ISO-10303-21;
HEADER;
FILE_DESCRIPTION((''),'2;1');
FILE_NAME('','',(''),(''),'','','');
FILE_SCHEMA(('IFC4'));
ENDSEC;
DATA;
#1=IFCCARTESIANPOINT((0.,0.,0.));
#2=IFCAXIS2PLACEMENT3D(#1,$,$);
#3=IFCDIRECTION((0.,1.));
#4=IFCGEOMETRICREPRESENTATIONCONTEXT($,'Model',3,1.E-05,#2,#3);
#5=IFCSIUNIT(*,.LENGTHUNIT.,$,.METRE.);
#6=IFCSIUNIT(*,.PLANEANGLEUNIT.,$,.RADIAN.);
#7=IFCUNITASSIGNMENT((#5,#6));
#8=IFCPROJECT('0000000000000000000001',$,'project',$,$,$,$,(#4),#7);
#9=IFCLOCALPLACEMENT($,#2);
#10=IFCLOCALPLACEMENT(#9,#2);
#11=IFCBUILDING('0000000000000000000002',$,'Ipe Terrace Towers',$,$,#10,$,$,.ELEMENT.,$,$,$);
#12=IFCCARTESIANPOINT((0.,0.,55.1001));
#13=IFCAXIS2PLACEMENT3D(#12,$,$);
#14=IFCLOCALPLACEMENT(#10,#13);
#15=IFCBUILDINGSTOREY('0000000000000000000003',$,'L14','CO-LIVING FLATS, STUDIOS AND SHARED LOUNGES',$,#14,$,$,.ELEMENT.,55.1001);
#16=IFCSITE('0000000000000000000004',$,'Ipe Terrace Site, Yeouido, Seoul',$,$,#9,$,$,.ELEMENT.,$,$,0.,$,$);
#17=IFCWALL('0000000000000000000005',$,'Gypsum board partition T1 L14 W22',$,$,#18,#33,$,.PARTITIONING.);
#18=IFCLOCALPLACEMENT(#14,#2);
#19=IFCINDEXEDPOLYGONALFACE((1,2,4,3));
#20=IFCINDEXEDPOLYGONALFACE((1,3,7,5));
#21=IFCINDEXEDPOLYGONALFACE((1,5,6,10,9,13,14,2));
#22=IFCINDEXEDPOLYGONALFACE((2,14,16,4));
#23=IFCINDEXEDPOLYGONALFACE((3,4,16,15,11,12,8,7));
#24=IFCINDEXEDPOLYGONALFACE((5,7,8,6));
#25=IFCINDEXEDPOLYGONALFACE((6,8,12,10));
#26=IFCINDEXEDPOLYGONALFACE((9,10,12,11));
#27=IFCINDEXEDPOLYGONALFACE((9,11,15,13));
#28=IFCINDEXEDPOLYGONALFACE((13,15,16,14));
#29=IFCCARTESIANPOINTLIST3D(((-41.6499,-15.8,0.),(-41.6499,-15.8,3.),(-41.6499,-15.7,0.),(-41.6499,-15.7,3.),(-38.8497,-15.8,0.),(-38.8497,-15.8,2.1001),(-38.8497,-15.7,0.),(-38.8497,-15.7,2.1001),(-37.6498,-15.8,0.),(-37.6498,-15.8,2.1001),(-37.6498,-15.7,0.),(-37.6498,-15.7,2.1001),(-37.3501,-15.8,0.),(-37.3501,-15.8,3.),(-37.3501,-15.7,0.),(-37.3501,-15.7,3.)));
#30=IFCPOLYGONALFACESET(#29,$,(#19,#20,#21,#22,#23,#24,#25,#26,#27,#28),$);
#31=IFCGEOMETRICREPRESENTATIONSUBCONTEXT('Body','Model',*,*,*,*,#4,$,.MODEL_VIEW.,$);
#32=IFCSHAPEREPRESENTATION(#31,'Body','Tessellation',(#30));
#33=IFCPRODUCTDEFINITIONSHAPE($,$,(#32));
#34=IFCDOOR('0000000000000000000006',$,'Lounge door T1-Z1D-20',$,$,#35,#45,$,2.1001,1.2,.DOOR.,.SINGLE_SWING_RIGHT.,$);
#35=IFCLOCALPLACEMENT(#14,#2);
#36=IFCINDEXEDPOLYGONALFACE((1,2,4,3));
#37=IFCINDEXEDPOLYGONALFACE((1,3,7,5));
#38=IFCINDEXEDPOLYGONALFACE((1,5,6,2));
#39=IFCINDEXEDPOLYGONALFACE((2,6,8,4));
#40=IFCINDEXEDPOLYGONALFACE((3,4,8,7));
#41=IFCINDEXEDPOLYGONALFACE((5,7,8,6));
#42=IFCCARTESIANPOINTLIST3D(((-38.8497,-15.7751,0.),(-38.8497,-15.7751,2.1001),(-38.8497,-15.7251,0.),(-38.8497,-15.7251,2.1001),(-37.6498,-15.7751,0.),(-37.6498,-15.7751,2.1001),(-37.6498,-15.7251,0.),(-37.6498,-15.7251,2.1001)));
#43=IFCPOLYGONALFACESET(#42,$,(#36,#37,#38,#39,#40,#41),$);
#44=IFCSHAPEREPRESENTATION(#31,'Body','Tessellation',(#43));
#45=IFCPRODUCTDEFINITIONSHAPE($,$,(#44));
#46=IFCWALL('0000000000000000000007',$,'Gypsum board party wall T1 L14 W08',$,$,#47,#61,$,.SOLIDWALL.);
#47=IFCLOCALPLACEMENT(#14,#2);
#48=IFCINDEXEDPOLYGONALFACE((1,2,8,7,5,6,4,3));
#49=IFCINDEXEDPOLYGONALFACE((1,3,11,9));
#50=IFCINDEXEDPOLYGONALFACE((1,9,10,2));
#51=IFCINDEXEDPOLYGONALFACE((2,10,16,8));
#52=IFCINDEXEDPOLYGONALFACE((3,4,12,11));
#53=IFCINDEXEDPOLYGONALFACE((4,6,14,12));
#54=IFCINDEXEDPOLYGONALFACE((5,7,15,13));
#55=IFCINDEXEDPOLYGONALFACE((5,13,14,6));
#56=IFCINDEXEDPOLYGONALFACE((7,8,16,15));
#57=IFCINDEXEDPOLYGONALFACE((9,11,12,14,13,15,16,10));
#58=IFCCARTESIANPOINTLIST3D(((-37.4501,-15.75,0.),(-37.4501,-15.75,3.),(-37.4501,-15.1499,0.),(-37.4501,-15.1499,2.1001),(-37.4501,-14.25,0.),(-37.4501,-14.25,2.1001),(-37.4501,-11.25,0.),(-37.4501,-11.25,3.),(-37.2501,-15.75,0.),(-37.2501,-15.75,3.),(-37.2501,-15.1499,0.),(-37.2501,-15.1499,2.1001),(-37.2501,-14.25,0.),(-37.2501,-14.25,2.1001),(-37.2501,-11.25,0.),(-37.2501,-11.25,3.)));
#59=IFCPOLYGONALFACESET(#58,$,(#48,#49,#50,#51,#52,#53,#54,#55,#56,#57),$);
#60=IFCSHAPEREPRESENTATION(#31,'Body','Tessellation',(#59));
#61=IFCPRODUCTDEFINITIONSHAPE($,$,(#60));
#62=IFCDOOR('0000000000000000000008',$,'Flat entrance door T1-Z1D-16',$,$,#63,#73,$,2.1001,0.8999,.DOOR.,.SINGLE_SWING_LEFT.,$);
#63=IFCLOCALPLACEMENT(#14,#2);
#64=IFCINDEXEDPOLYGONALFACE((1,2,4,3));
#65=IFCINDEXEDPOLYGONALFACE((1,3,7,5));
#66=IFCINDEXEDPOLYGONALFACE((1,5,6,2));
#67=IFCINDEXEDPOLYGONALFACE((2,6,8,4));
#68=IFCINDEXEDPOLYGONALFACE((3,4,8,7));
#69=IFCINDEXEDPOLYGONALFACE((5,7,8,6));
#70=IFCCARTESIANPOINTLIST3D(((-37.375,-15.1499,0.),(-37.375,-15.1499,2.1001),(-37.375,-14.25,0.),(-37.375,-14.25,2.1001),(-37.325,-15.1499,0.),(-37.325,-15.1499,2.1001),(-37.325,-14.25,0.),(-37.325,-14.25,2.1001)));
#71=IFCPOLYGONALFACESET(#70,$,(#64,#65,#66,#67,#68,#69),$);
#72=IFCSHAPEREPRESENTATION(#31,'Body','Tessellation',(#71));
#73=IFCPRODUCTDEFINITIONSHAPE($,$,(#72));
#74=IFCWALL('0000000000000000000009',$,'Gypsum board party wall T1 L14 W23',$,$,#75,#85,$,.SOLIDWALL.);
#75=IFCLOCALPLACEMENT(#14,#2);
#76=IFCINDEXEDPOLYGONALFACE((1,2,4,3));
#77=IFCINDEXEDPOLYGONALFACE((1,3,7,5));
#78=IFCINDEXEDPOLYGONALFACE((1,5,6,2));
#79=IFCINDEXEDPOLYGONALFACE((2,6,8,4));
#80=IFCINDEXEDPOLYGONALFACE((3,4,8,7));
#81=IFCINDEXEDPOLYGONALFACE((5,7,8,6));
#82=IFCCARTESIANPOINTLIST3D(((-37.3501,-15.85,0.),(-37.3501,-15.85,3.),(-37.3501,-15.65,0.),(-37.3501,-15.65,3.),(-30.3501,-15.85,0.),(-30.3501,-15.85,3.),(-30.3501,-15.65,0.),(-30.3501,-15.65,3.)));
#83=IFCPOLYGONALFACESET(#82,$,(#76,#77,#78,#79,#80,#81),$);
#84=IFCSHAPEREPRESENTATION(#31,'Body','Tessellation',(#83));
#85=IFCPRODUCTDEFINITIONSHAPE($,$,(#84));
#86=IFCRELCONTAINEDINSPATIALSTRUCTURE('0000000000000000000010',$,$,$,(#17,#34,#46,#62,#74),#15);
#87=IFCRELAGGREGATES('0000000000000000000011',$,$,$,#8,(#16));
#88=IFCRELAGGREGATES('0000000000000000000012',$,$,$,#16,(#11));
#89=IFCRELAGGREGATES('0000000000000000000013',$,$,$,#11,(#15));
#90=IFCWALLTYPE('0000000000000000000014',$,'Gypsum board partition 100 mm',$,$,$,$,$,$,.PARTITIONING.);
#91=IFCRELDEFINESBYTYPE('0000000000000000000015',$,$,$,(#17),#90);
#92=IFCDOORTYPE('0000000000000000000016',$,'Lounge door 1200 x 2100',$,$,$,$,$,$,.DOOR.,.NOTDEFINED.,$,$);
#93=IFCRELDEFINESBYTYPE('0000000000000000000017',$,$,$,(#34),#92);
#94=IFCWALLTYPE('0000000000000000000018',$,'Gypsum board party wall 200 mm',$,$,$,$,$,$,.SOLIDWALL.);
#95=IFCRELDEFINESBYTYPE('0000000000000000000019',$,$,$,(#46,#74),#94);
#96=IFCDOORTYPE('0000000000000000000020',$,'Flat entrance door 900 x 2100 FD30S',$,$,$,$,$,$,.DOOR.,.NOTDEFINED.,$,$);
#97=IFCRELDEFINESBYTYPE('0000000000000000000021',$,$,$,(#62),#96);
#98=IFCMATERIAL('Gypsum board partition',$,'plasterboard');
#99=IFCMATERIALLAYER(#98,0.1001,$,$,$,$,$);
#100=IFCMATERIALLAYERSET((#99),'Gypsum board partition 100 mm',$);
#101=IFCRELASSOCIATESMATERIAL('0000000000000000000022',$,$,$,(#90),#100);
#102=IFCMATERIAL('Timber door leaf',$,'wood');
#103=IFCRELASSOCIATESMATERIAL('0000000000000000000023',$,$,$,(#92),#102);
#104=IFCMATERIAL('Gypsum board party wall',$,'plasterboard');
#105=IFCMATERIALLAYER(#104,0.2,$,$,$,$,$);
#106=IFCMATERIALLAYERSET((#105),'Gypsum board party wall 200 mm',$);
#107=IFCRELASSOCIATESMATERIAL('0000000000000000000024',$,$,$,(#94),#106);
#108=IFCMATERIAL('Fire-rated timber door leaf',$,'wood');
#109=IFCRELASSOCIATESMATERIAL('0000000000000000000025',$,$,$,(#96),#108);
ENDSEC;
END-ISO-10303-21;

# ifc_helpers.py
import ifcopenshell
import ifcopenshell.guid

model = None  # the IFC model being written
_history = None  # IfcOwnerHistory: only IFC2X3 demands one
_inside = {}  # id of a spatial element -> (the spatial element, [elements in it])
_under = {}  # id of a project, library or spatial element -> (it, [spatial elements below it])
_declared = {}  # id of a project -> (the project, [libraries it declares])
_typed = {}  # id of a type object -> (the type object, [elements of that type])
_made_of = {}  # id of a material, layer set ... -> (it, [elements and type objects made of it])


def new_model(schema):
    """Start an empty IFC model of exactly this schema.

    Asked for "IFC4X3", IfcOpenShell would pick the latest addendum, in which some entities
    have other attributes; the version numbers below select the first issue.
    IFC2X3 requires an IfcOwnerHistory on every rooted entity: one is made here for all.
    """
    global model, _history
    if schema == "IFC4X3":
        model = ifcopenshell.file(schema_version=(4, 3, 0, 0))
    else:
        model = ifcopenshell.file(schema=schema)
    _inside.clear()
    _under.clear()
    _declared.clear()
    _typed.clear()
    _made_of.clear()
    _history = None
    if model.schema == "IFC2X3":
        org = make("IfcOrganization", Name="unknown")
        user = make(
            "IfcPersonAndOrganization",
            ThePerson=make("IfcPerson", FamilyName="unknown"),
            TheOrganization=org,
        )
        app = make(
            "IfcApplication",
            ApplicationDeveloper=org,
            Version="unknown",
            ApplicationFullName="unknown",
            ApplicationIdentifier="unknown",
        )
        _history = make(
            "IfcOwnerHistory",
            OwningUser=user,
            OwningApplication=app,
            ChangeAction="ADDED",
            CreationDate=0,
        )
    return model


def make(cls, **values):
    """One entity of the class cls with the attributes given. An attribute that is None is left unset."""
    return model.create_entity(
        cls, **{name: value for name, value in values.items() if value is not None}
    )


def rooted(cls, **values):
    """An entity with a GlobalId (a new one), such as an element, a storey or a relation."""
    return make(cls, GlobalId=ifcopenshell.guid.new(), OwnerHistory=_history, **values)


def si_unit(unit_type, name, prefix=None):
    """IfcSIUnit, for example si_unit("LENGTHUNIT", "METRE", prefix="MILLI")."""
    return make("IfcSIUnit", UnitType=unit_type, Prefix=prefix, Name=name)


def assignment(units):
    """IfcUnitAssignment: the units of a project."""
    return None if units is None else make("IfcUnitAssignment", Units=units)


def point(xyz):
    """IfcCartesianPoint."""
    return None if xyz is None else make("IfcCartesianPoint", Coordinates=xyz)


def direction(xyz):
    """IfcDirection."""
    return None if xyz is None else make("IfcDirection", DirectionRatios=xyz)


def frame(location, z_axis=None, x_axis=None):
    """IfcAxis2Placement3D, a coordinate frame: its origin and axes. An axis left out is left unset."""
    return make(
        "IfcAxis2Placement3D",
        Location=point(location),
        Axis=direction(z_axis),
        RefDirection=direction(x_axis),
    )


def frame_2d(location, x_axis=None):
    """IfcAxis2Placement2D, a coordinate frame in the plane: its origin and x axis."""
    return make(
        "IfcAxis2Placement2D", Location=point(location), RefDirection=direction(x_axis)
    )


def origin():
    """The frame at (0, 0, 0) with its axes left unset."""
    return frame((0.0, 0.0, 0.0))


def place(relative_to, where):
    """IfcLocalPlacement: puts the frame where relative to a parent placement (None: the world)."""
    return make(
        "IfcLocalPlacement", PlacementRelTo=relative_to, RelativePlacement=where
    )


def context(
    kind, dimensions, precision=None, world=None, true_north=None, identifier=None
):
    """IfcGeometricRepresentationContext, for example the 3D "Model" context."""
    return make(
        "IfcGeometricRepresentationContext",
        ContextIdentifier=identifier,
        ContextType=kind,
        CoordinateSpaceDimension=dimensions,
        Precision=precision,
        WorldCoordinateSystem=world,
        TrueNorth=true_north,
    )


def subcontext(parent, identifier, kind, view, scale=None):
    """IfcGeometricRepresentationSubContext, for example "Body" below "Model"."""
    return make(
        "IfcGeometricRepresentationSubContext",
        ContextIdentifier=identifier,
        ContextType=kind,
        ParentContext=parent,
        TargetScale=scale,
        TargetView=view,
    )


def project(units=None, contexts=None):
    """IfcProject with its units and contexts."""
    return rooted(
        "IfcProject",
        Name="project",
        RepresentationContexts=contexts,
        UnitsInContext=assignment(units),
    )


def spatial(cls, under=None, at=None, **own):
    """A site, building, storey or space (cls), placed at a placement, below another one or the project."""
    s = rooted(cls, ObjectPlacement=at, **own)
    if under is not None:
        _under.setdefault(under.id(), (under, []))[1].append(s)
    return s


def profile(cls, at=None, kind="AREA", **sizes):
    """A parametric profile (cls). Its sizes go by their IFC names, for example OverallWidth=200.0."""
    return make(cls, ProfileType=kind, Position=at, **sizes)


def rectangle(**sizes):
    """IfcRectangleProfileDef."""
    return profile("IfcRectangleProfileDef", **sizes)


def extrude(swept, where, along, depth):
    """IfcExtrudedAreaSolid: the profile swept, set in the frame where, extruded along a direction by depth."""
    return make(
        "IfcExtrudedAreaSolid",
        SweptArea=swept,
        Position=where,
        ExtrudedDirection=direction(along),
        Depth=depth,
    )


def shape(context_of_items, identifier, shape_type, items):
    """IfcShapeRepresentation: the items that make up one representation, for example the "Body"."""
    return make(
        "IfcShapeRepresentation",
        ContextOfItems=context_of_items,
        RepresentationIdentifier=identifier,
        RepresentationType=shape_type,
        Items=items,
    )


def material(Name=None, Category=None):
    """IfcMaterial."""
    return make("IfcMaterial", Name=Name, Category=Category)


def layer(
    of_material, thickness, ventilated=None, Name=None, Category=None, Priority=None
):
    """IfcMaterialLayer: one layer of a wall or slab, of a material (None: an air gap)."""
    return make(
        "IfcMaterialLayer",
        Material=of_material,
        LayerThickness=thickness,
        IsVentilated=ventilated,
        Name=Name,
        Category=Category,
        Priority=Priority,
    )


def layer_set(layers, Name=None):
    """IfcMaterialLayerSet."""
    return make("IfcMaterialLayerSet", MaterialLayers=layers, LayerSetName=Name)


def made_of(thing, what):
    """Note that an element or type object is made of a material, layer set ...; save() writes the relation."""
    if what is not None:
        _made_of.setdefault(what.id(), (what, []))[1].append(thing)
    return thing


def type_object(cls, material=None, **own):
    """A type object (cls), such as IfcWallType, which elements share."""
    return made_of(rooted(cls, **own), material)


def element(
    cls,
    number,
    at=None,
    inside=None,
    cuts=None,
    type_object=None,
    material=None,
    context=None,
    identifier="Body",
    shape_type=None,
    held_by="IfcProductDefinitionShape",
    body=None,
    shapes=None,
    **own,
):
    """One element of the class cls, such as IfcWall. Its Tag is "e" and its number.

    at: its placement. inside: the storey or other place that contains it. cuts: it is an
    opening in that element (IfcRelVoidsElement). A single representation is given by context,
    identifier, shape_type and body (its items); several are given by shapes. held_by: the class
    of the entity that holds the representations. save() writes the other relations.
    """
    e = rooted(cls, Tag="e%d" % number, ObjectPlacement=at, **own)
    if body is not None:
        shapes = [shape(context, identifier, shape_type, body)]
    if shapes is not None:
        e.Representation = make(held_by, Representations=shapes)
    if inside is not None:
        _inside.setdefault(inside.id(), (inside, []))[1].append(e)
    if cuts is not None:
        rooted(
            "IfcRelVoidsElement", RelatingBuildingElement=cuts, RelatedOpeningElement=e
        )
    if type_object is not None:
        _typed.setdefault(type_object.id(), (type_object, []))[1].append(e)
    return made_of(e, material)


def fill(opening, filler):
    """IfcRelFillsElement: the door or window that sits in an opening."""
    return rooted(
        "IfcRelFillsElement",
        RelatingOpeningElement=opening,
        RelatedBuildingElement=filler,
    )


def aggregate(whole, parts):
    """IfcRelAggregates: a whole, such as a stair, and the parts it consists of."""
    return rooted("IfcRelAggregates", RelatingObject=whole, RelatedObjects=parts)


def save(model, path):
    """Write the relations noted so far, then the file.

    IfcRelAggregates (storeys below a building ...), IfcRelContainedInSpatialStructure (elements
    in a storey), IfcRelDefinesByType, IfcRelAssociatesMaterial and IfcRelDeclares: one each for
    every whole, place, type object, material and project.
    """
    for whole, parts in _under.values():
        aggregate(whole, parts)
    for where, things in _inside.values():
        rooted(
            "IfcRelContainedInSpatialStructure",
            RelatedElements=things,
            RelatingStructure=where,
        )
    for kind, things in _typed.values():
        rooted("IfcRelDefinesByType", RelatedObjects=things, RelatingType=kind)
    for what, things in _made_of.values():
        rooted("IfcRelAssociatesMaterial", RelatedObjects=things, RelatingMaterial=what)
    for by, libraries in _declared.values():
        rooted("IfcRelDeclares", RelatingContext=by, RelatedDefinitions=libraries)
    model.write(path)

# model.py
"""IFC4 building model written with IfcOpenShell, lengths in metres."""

from ifc_helpers import new_model, si_unit, direction, frame, frame_2d, origin, place, context, subcontext, project, spatial, rectangle, extrude, material, layer, layer_set, type_object, element, fill, save


model = new_model("IFC4")

# Units and contexts
model_context = context("Model", 3, precision=1e-05, world=origin(), true_north=direction((0.0, 1.0)))
body_context = subcontext(model_context, "Body", "Model", "MODEL_VIEW")
ifc_project = project(units=[si_unit("LENGTHUNIT", "METRE"), si_unit("PLANEANGLEUNIT", "RADIAN")], contexts=[model_context])

# Site, building, storey
site_placement = place(None, origin())
site = spatial("IfcSite", under=ifc_project, at=site_placement, Name="Ipe Terrace Site, Yeouido, Seoul", CompositionType="ELEMENT", RefElevation=0.0)
building_placement = place(site_placement, origin())
building = spatial("IfcBuilding", under=site, at=building_placement, Name="Ipe Terrace Towers", CompositionType="ELEMENT")
storey_placement = place(building_placement, frame((0.0, 0.0, 55.1001)))
storey = spatial("IfcBuildingStorey", under=building, at=storey_placement, Name="L14", Description="CO-LIVING FLATS, STUDIOS AND SHARED LOUNGES", CompositionType="ELEMENT", Elevation=55.1001)

# Shared definitions
ifc_material_1 = material(Name="Gypsum board partition", Category="plasterboard")
ifc_layer_1 = layer(ifc_material_1, 0.1001)
ifc_layer_set_1 = layer_set([ifc_layer_1], Name="Gypsum board partition 100 mm")
wall_type_1 = type_object("IfcWallType", Name="Gypsum board partition 100 mm", PredefinedType="PARTITIONING", material=ifc_layer_set_1)

# Walls, openings, doors
wall_1_placement = place(storey_placement, frame((-41.6499, -15.75, 0.0), z_axis=(0.0, 0.0, 1.0), x_axis=(1.0, 0.0, 0.0)))
wall_1 = element("IfcWall", 1, at=wall_1_placement, inside=storey, type_object=wall_type_1, Name="Gypsum board partition T1 L14 W22", PredefinedType="PARTITIONING", context=body_context, shape_type="SweptSolid", body=[
    extrude(rectangle(XDim=4.2998, YDim=0.1001, at=frame_2d((2.1499, 0.0))), origin(), (0.0, 0.0, 1.0), 3.0),
])
opening_1_placement = place(wall_1_placement, frame((2.8, 0.0, 0.0)))
opening_1 = element("IfcOpeningElement", 2, at=opening_1_placement, cuts=wall_1, PredefinedType="OPENING", context=body_context, shape_type="SweptSolid", body=[
    extrude(rectangle(XDim=1.2, YDim=2.1001, at=frame_2d((0.6001, 1.05))), frame((0.0, 0.0601, 0.0), z_axis=(0.0, -1.0, 0.0), x_axis=(1.0, 0.0, 0.0)), (0.0, 0.0, 1.0), 0.1201),
])
ifc_material_2 = material(Name="Timber door leaf", Category="wood")
door_type_1 = type_object("IfcDoorType", Name="Lounge door 1200 x 2100", OperationType="NOTDEFINED", PredefinedType="DOOR", material=ifc_material_2)
door_1_placement = place(opening_1_placement, origin())
door_1 = element("IfcDoor", 3, at=door_1_placement, inside=storey, type_object=door_type_1, Name="Lounge door T1-Z1D-20", OperationType="SINGLE_SWING_RIGHT", OverallHeight=2.1001, OverallWidth=1.2, PredefinedType="DOOR", context=body_context, shape_type="SweptSolid", body=[
    extrude(rectangle(XDim=1.2, YDim=2.1001, at=frame_2d((0.6001, 1.05))), frame((0.0, 0.0249, 0.0), z_axis=(0.0, -1.0, 0.0), x_axis=(1.0, 0.0, 0.0)), (0.0, 0.0, 1.0), 0.05),
])
fill(opening_1, door_1)
ifc_material_3 = material(Name="Gypsum board party wall", Category="plasterboard")
ifc_layer_2 = layer(ifc_material_3, 0.2)
ifc_layer_set_2 = layer_set([ifc_layer_2], Name="Gypsum board party wall 200 mm")
wall_type_2 = type_object("IfcWallType", Name="Gypsum board party wall 200 mm", PredefinedType="SOLIDWALL", material=ifc_layer_set_2)
wall_2_placement = place(storey_placement, frame((-37.3501, -15.75, 0.0), z_axis=(0.0, 0.0, 1.0), x_axis=(0.0, 1.0, 0.0)))
wall_2 = element("IfcWall", 4, at=wall_2_placement, inside=storey, type_object=wall_type_2, Name="Gypsum board party wall T1 L14 W08", PredefinedType="SOLIDWALL", context=body_context, shape_type="SweptSolid", body=[
    extrude(rectangle(XDim=4.5, YDim=0.2, at=frame_2d((2.25, 0.0))), origin(), (0.0, 0.0, 1.0), 3.0),
])
opening_2_placement = place(wall_2_placement, frame((0.6001, 0.0, 0.0)))
opening_2 = element("IfcOpeningElement", 5, at=opening_2_placement, cuts=wall_2, PredefinedType="OPENING", context=body_context, shape_type="SweptSolid", body=[
    extrude(rectangle(XDim=0.8999, YDim=2.1001, at=frame_2d((0.45, 1.05))), frame((0.0, 0.1099, 0.0), z_axis=(0.0, -1.0, 0.0), x_axis=(1.0, 0.0, 0.0)), (0.0, 0.0, 1.0), 0.22),
])
ifc_material_4 = material(Name="Fire-rated timber door leaf", Category="wood")
door_type_2 = type_object("IfcDoorType", Name="Flat entrance door 900 x 2100 FD30S", OperationType="NOTDEFINED", PredefinedType="DOOR", material=ifc_material_4)
door_2_placement = place(opening_2_placement, origin())
door_2 = element("IfcDoor", 6, at=door_2_placement, inside=storey, type_object=door_type_2, Name="Flat entrance door T1-Z1D-16", OperationType="SINGLE_SWING_LEFT", OverallHeight=2.1001, OverallWidth=0.8999, PredefinedType="DOOR", context=body_context, shape_type="SweptSolid", body=[
    extrude(rectangle(XDim=0.8999, YDim=2.1001, at=frame_2d((0.45, 1.05))), frame((0.0, 0.0249, 0.0), z_axis=(0.0, -1.0, 0.0), x_axis=(1.0, 0.0, 0.0)), (0.0, 0.0, 1.0), 0.05),
])
fill(opening_2, door_2)

# Wall
wall_3_placement = place(storey_placement, frame((-37.3501, -15.75, 0.0), z_axis=(0.0, 0.0, 1.0), x_axis=(1.0, 0.0, 0.0)))
element("IfcWall", 7, at=wall_3_placement, inside=storey, type_object=wall_type_2, Name="Gypsum board party wall T1 L14 W23", PredefinedType="SOLIDWALL", context=body_context, shape_type="SweptSolid", body=[
    extrude(rectangle(XDim=7.0, YDim=0.2, at=frame_2d((3.5, 0.0))), origin(), (0.0, 0.0, 1.0), 3.0),
])

save(model, "model.ifc")
